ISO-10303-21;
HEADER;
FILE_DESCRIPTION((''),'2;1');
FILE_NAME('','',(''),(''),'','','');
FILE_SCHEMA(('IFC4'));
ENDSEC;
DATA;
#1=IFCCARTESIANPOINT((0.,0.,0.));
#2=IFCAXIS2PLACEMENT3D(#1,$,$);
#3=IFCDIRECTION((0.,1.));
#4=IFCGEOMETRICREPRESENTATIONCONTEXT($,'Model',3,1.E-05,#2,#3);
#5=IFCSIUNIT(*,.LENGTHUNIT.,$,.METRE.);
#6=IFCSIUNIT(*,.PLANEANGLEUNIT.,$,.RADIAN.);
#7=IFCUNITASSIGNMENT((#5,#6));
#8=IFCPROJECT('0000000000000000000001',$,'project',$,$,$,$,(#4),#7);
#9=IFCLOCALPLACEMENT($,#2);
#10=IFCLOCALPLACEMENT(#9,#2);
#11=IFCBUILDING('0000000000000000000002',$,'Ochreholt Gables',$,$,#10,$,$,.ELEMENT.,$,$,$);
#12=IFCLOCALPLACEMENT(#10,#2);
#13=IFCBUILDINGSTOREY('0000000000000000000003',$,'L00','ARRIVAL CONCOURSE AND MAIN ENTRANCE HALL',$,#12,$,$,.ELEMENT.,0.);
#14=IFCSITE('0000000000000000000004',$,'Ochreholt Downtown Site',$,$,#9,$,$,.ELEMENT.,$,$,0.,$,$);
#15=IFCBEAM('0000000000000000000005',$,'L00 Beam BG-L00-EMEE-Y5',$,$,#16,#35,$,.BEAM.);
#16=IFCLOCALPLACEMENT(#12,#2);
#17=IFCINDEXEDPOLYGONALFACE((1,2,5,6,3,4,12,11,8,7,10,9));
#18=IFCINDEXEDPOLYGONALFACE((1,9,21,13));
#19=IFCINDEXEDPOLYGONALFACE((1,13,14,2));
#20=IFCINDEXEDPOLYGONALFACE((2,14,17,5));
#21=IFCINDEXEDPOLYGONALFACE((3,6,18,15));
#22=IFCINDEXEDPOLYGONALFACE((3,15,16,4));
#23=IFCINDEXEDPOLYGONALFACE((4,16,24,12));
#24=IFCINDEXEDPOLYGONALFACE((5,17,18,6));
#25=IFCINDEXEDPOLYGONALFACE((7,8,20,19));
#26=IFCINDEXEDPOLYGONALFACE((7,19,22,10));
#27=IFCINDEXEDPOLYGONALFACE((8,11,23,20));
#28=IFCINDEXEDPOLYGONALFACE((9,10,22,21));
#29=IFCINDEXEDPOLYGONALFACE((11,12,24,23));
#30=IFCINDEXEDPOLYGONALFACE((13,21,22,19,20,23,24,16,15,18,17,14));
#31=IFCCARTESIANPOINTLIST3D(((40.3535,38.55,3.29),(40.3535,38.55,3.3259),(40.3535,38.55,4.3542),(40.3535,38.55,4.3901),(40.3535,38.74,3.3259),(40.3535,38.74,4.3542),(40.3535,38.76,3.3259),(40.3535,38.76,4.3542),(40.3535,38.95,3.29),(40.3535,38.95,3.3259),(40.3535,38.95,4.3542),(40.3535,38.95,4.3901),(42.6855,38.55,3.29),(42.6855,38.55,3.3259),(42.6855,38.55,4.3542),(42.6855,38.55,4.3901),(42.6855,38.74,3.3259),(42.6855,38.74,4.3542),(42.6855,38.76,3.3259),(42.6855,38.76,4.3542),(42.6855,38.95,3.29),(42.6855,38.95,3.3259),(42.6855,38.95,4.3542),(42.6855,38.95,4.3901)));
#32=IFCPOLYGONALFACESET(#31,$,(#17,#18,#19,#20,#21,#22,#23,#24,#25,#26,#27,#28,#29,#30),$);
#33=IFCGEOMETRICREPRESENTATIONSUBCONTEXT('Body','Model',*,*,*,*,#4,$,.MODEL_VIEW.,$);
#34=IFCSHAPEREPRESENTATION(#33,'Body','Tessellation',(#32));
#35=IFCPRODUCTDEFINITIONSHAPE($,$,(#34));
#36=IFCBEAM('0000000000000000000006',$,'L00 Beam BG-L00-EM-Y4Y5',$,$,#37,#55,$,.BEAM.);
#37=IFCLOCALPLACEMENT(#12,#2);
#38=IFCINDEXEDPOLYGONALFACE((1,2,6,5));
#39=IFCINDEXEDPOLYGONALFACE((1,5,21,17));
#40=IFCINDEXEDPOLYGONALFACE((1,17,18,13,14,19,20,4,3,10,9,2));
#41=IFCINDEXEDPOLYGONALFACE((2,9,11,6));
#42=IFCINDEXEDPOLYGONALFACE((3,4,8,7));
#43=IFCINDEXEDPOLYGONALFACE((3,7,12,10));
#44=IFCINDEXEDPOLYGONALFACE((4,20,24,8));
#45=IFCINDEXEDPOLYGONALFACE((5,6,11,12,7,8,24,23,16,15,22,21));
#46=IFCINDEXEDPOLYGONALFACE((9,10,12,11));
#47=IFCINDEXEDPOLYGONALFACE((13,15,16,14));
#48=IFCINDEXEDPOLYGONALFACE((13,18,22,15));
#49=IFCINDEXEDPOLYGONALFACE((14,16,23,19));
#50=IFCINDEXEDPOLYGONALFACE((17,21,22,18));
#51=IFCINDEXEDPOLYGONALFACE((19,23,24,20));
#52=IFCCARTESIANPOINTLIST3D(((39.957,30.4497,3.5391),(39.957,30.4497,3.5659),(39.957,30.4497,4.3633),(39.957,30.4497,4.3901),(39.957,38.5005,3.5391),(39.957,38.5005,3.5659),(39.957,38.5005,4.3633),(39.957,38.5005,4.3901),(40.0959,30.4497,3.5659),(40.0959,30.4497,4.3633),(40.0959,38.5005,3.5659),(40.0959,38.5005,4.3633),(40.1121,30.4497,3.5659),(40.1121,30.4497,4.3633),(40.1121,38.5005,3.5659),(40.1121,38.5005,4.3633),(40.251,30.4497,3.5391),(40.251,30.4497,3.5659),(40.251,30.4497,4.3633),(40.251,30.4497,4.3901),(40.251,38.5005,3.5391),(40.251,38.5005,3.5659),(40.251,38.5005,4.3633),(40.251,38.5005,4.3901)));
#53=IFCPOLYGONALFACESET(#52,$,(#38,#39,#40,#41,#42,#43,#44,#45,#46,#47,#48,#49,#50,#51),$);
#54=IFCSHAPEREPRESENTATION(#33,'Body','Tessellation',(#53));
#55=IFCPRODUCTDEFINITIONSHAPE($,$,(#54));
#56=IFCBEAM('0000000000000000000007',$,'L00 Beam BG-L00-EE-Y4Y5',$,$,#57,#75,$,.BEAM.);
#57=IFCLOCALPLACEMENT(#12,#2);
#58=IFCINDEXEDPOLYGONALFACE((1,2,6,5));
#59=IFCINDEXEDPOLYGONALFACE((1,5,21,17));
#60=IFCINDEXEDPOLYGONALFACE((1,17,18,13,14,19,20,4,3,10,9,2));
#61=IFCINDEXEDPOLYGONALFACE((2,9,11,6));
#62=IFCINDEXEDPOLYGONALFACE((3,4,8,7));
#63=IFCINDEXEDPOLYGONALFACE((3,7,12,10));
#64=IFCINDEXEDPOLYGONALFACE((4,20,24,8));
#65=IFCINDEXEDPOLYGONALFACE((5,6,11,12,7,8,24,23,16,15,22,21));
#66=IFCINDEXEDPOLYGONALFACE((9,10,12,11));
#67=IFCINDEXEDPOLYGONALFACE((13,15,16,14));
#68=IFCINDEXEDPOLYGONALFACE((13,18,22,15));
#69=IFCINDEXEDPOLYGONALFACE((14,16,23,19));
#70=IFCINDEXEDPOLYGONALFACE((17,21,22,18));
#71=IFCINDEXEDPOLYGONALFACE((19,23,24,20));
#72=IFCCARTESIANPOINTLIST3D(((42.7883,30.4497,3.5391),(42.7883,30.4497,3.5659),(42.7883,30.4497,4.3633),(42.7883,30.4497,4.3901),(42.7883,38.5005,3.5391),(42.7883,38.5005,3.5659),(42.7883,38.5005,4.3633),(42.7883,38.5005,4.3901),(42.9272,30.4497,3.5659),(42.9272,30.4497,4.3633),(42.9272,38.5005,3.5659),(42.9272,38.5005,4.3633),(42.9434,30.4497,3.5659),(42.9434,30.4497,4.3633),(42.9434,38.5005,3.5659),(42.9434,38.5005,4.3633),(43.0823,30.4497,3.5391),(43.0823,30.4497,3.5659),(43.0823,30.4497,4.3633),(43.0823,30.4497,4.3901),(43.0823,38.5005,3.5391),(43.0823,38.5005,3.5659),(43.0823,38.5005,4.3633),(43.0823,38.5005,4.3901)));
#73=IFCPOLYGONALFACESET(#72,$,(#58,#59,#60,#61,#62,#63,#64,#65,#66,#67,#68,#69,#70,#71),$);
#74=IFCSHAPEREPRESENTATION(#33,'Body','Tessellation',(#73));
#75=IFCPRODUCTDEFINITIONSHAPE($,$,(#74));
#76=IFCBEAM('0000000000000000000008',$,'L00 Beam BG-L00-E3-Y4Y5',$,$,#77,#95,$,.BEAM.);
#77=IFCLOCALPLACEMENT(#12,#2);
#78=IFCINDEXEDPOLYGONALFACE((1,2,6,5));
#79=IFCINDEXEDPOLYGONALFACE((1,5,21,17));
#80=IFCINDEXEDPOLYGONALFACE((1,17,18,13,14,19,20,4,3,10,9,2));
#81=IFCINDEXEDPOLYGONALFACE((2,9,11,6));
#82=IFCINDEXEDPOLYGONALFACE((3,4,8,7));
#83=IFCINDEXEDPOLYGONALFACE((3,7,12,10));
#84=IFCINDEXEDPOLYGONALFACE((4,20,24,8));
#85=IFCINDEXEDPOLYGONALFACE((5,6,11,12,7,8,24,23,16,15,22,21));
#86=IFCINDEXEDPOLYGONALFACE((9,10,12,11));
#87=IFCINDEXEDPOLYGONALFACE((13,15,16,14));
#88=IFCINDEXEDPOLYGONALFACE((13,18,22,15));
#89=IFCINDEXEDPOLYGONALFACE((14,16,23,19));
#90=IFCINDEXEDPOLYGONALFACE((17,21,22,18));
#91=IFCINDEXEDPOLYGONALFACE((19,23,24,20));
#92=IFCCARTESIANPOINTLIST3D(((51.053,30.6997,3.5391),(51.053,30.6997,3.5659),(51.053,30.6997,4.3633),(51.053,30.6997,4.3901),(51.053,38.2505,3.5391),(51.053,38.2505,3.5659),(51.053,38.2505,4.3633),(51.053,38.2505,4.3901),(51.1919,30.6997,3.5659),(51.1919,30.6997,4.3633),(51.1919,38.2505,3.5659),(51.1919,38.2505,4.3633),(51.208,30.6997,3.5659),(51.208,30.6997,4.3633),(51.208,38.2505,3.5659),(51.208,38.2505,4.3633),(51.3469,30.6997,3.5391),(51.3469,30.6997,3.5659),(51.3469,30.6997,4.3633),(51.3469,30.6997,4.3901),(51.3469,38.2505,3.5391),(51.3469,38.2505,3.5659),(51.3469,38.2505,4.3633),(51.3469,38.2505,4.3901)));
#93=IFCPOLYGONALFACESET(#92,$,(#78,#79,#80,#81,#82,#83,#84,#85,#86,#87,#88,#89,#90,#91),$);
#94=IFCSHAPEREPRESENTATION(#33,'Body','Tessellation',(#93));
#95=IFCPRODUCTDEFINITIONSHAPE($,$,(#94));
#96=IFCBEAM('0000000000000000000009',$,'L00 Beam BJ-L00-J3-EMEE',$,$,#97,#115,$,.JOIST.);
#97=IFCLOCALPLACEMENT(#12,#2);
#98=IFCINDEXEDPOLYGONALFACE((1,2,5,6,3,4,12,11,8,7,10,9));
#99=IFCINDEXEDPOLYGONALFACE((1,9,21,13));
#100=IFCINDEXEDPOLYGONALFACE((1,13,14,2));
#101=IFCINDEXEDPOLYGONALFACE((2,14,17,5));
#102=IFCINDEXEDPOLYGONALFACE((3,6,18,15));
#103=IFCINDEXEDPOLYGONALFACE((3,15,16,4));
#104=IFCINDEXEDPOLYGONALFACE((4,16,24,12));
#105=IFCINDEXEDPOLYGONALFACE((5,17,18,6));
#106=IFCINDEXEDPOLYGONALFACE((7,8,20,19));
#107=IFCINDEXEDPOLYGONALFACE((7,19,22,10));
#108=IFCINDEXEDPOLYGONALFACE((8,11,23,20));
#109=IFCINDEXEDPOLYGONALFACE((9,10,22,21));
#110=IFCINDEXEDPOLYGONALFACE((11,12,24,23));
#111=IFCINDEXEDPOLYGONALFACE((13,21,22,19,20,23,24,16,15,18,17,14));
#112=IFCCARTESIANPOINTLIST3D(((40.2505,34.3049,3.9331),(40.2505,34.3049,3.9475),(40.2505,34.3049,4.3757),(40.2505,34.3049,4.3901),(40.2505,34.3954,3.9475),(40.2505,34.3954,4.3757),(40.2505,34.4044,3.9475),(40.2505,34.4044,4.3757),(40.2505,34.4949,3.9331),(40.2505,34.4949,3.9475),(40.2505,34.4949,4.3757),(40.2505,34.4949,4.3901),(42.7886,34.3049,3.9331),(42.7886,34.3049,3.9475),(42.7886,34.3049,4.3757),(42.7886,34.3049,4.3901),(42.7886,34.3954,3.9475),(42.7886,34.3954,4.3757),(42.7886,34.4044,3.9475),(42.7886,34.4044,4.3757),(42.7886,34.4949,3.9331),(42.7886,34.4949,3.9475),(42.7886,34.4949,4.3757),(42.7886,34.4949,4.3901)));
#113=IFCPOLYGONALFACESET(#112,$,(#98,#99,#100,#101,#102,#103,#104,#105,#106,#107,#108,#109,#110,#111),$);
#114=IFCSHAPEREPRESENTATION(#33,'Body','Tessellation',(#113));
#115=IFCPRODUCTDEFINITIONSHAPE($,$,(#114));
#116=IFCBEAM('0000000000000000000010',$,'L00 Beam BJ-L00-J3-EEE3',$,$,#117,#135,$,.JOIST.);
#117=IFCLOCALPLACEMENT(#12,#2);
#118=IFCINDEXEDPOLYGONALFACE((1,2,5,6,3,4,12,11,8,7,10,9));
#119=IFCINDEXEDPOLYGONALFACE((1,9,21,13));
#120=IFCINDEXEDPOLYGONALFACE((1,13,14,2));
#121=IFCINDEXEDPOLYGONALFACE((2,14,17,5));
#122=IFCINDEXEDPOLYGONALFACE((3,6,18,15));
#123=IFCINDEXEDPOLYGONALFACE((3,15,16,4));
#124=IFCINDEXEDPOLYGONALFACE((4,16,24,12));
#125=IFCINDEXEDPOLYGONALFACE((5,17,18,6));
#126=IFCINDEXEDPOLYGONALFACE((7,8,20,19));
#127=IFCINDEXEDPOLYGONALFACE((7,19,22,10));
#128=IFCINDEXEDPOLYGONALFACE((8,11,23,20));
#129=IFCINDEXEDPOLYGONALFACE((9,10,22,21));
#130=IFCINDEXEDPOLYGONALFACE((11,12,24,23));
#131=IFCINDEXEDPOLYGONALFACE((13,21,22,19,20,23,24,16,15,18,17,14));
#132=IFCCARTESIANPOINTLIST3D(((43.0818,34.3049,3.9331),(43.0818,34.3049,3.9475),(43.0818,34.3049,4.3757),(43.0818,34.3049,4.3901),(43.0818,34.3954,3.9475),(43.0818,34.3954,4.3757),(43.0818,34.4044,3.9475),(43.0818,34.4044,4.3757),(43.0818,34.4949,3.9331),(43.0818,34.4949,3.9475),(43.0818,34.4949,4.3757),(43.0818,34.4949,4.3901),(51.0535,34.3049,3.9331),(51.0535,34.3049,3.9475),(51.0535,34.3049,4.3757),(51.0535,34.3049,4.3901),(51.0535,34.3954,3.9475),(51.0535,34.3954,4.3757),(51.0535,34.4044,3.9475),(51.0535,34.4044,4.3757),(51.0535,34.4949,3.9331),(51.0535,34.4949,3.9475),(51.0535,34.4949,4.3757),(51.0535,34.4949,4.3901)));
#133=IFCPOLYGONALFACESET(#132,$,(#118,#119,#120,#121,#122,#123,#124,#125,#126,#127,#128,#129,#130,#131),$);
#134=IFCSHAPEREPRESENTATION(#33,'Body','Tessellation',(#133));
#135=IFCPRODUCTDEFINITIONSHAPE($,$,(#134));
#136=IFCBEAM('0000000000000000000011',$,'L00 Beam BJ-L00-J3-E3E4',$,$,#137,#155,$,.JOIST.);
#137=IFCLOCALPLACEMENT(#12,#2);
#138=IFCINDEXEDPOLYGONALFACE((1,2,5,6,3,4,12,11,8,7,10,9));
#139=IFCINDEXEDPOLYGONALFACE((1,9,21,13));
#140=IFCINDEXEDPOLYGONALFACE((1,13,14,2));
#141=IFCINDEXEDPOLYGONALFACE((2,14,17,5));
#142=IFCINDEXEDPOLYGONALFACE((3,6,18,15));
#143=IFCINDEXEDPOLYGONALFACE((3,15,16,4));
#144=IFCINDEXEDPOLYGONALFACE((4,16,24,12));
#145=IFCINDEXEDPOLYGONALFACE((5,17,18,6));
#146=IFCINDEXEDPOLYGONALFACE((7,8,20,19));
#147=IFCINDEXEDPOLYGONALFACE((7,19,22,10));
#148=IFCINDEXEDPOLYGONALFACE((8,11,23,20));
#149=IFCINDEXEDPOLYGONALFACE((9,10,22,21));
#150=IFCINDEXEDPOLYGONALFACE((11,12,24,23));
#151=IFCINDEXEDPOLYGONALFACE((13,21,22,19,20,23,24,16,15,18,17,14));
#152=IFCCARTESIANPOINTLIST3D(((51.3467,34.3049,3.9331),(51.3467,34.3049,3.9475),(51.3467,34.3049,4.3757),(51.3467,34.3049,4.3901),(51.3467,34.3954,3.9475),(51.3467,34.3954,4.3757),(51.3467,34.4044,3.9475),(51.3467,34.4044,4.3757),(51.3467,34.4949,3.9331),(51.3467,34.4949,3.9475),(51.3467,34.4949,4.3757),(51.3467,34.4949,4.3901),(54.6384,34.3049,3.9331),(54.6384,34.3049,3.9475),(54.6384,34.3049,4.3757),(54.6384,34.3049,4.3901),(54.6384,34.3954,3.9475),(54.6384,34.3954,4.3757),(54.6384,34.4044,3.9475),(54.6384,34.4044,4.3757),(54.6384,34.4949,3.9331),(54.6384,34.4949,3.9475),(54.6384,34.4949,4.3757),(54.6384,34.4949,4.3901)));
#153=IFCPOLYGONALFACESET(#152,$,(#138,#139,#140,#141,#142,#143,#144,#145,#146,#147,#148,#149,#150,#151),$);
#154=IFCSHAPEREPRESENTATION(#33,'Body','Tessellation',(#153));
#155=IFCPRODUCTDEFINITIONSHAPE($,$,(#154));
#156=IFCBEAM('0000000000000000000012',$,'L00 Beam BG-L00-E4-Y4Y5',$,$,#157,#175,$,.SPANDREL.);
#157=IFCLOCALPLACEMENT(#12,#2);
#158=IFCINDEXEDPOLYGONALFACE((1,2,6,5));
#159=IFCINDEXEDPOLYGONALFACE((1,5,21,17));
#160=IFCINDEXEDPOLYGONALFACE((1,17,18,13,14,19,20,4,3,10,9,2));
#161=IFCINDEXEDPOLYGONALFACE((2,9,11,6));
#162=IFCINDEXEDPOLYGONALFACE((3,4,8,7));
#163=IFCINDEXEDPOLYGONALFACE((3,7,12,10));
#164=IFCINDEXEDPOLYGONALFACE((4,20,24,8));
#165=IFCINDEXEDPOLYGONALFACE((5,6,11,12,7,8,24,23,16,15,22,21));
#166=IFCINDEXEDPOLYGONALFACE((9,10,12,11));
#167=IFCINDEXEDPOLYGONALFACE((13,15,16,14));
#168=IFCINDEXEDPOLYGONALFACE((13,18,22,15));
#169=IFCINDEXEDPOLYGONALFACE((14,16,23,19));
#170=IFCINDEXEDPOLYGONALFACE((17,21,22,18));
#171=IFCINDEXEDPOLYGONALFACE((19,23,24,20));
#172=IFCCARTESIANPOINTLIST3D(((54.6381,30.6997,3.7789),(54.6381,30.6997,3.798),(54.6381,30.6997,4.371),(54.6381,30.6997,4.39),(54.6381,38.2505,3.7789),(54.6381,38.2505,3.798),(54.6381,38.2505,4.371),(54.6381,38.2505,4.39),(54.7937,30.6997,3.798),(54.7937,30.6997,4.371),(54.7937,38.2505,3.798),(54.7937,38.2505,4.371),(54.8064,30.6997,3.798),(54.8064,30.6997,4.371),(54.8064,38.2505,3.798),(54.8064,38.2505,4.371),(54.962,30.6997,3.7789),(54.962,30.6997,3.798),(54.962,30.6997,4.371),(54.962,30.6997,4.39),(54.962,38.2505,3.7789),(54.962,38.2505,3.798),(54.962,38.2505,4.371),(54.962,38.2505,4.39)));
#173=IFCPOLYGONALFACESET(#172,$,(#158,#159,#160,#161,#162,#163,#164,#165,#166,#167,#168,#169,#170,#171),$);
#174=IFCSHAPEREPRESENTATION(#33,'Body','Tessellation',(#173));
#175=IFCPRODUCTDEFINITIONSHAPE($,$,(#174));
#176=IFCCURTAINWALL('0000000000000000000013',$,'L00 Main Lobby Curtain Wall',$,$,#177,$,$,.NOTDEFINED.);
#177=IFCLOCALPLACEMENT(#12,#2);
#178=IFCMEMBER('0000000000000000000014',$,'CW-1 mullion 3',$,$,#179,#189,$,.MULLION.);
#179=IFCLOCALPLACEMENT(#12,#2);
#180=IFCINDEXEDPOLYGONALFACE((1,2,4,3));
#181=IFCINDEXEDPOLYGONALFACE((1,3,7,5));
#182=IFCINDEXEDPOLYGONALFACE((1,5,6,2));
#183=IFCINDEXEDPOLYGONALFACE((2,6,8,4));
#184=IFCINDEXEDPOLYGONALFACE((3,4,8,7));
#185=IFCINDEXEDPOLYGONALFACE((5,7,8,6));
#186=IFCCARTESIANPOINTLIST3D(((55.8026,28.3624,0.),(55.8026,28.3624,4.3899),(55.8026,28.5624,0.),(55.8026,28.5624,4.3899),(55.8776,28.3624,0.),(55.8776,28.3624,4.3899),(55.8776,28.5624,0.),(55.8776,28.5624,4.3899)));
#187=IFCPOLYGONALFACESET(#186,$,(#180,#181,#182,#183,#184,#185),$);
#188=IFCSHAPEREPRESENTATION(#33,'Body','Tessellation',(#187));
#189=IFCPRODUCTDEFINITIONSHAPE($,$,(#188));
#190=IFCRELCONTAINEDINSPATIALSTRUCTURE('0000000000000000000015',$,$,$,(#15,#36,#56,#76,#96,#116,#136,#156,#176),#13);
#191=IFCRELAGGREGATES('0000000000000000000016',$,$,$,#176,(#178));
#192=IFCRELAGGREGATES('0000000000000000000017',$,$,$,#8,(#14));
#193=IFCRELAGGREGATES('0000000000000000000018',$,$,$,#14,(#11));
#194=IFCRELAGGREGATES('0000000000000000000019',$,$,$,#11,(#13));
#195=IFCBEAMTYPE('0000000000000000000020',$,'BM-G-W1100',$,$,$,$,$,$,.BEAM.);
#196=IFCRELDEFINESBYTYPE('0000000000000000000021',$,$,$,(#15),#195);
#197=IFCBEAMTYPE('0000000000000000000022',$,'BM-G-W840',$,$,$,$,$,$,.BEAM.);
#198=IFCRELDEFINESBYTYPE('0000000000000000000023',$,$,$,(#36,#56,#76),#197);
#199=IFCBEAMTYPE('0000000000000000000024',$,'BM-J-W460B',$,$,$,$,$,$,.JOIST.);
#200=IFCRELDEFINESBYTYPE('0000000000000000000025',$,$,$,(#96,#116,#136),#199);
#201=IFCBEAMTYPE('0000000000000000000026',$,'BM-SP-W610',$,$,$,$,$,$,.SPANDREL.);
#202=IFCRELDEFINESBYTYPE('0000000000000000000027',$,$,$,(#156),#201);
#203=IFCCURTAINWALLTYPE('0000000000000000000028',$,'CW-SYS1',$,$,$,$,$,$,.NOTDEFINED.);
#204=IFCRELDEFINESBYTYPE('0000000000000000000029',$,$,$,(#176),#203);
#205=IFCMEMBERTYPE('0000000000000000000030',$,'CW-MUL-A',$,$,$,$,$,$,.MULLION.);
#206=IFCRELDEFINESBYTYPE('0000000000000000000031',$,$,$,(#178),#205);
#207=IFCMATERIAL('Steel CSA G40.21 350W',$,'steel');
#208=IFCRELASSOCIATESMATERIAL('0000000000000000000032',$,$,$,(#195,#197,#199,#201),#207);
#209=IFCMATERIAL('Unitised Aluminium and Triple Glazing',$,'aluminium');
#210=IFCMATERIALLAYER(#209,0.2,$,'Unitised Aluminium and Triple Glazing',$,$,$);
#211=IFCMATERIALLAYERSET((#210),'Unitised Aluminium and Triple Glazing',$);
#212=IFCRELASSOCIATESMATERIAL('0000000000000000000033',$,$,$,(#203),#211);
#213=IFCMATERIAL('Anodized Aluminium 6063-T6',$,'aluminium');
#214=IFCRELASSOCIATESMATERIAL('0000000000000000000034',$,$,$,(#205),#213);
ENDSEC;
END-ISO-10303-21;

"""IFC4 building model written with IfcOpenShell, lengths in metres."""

from ifc_helpers import new_model, si_unit, direction, frame, origin, origin_2d, place, context, subcontext, project, spatial, rectangle, i_section, extrude, material, layer, layer_set, material_profile, profile_set, type_object, element, aggregate, save


model = new_model("IFC4")

# Units and contexts
model_context = context("Model", 3, precision=1e-05, world=origin(), true_north=direction((0.0, 1.0)))
body_context = subcontext(model_context, "Body", "Model", "MODEL_VIEW")
ifc_project = project(units=[si_unit("LENGTHUNIT", "METRE"), si_unit("PLANEANGLEUNIT", "RADIAN")], contexts=[model_context])

# Site, building, storey
site_placement = place(None, origin())
site = spatial("IfcSite", under=ifc_project, at=site_placement, Name="Ochreholt Downtown Site", CompositionType="ELEMENT", RefElevation=0.0)
building_placement = place(site_placement, origin())
building = spatial("IfcBuilding", under=site, at=building_placement, Name="Ochreholt Gables", CompositionType="ELEMENT")
storey_placement = place(building_placement, origin())
storey = spatial("IfcBuildingStorey", under=building, at=storey_placement, Name="L00", Description="ARRIVAL CONCOURSE AND MAIN ENTRANCE HALL", CompositionType="ELEMENT", Elevation=0.0)

# Shared definitions
ifc_material_1 = material(Name="Steel CSA G40.21 350W", Category="steel")

# Beams
ifc_material_profile_1 = material_profile(ifc_material_1, i_section(OverallWidth=0.3999, OverallDepth=1.1001, WebThickness=0.02, FlangeThickness=0.0359, at=origin_2d()), Name="W1100X390")
ifc_profile_set_1 = profile_set([ifc_material_profile_1], Name="Steel CSA G40.21 350W")
beam_type_1 = type_object("IfcBeamType", Name="BM-G-W1100", PredefinedType="BEAM", material=ifc_profile_set_1)
beam_1_placement = place(storey_placement, frame((40.3535, 38.75, 3.8401), z_axis=(1.0, 0.0, 0.0), x_axis=(0.0, 1.0, 0.0)))
element("IfcBeam", 1, at=beam_1_placement, inside=storey, type_object=beam_type_1, Name="L00 Beam BG-L00-EMEE-Y5", PredefinedType="BEAM", context=body_context, shape_type="SweptSolid", body=[
    extrude(i_section(OverallWidth=0.3999, OverallDepth=1.1001, WebThickness=0.02, FlangeThickness=0.0359, at=origin_2d()), origin(), (0.0, 0.0, 1.0), 2.332),
])
ifc_material_profile_2 = material_profile(ifc_material_1, i_section(OverallWidth=0.2939, OverallDepth=0.8511, WebThickness=0.0161, FlangeThickness=0.0269, at=origin_2d()), Name="W840X226")
ifc_profile_set_2 = profile_set([ifc_material_profile_2], Name="Steel CSA G40.21 350W")
beam_type_2 = type_object("IfcBeamType", Name="BM-G-W840", PredefinedType="BEAM", material=ifc_profile_set_2)
for number, where, z_axis, x_axis, name in (
    (2, (40.104, 30.4497, 3.9646), (0.0, 1.0, 0.0), (-1.0, 0.0, 0.0), "L00 Beam BG-L00-EM-Y4Y5"),
    (3, (42.9353, 30.4497, 3.9646), (0.0, 1.0, 0.0), (-1.0, 0.0, 0.0), "L00 Beam BG-L00-EE-Y4Y5"),
):
    element("IfcBeam", number, at=place(storey_placement, frame(where, z_axis=z_axis, x_axis=x_axis)), inside=storey, type_object=beam_type_2, Name=name, PredefinedType="BEAM", context=body_context, shape_type="SweptSolid", body=[
        extrude(i_section(OverallWidth=0.2939, OverallDepth=0.8511, WebThickness=0.0161, FlangeThickness=0.0269, at=origin_2d()), origin(), (0.0, 0.0, 1.0), 8.0508),
    ])
beam_2_placement = place(storey_placement, frame((51.2, 30.6997, 3.9646), z_axis=(0.0, 1.0, 0.0), x_axis=(-1.0, 0.0, 0.0)))
element("IfcBeam", 4, at=beam_2_placement, inside=storey, type_object=beam_type_2, Name="L00 Beam BG-L00-E3-Y4Y5", PredefinedType="BEAM", context=body_context, shape_type="SweptSolid", body=[
    extrude(i_section(OverallWidth=0.2939, OverallDepth=0.8511, WebThickness=0.0161, FlangeThickness=0.0269, at=origin_2d()), origin(), (0.0, 0.0, 1.0), 7.5508),
])
ifc_material_profile_3 = material_profile(ifc_material_1, i_section(OverallWidth=0.1899, OverallDepth=0.457, WebThickness=0.009, FlangeThickness=0.0144, at=origin_2d()), Name="W460X74")
ifc_profile_set_3 = profile_set([ifc_material_profile_3], Name="Steel CSA G40.21 350W")
beam_type_3 = type_object("IfcBeamType", Name="BM-J-W460B", PredefinedType="JOIST", material=ifc_profile_set_3)
beam_3_placement = place(storey_placement, frame((40.2505, 34.3999, 4.1616), z_axis=(1.0, 0.0, 0.0), x_axis=(0.0, 1.0, 0.0)))
element("IfcBeam", 5, at=beam_3_placement, inside=storey, type_object=beam_type_3, Name="L00 Beam BJ-L00-J3-EMEE", PredefinedType="JOIST", context=body_context, shape_type="SweptSolid", body=[
    extrude(i_section(OverallWidth=0.1899, OverallDepth=0.457, WebThickness=0.009, FlangeThickness=0.0144, at=origin_2d()), origin(), (0.0, 0.0, 1.0), 2.5381),
])
beam_4_placement = place(storey_placement, frame((43.0818, 34.3999, 4.1616), z_axis=(1.0, 0.0, 0.0), x_axis=(0.0, 1.0, 0.0)))
element("IfcBeam", 6, at=beam_4_placement, inside=storey, type_object=beam_type_3, Name="L00 Beam BJ-L00-J3-EEE3", PredefinedType="JOIST", context=body_context, shape_type="SweptSolid", body=[
    extrude(i_section(OverallWidth=0.1899, OverallDepth=0.457, WebThickness=0.009, FlangeThickness=0.0144, at=origin_2d()), origin(), (0.0, 0.0, 1.0), 7.9717),
])
beam_5_placement = place(storey_placement, frame((51.3467, 34.3999, 4.1616), z_axis=(1.0, 0.0, 0.0), x_axis=(0.0, 1.0, 0.0)))
element("IfcBeam", 7, at=beam_5_placement, inside=storey, type_object=beam_type_3, Name="L00 Beam BJ-L00-J3-E3E4", PredefinedType="JOIST", context=body_context, shape_type="SweptSolid", body=[
    extrude(i_section(OverallWidth=0.1899, OverallDepth=0.457, WebThickness=0.009, FlangeThickness=0.0144, at=origin_2d()), origin(), (0.0, 0.0, 1.0), 3.2917),
])
ifc_material_profile_4 = material_profile(ifc_material_1, i_section(OverallWidth=0.324, OverallDepth=0.6111, WebThickness=0.0127, FlangeThickness=0.019, at=origin_2d()), Name="W610X155")
ifc_profile_set_4 = profile_set([ifc_material_profile_4], Name="Steel CSA G40.21 350W")
beam_type_4 = type_object("IfcBeamType", Name="BM-SP-W610", PredefinedType="SPANDREL", material=ifc_profile_set_4)
beam_6_placement = place(storey_placement, frame((54.8, 30.6997, 4.0845), z_axis=(0.0, 1.0, 0.0), x_axis=(-1.0, 0.0, 0.0)))
element("IfcBeam", 8, at=beam_6_placement, inside=storey, type_object=beam_type_4, Name="L00 Beam BG-L00-E4-Y4Y5", PredefinedType="SPANDREL", context=body_context, shape_type="SweptSolid", body=[
    extrude(i_section(OverallWidth=0.324, OverallDepth=0.6111, WebThickness=0.0127, FlangeThickness=0.019, at=origin_2d()), origin(), (0.0, 0.0, 1.0), 7.5508),
])

# Curtain wall, member
ifc_material_2 = material(Name="Unitised Aluminium and Triple Glazing", Category="aluminium")
ifc_layer_1 = layer(ifc_material_2, 0.2, Name="Unitised Aluminium and Triple Glazing")
ifc_layer_set_1 = layer_set([ifc_layer_1], Name="Unitised Aluminium and Triple Glazing")
curtain_wall_type = type_object("IfcCurtainWallType", Name="CW-SYS1", PredefinedType="NOTDEFINED", material=ifc_layer_set_1)
curtain_wall_placement = place(storey_placement, origin())
curtain_wall = element("IfcCurtainWall", 9, at=curtain_wall_placement, inside=storey, type_object=curtain_wall_type, Name="L00 Main Lobby Curtain Wall", PredefinedType="NOTDEFINED")
ifc_material_3 = material(Name="Anodized Aluminium 6063-T6", Category="aluminium")
ifc_material_profile_5 = material_profile(ifc_material_3, rectangle(XDim=0.075, YDim=0.2, at=origin_2d()), Name="CWM75X200")
ifc_profile_set_5 = profile_set([ifc_material_profile_5], Name="Anodized Aluminium 6063-T6")
member_type = type_object("IfcMemberType", Name="CW-MUL-A", PredefinedType="MULLION", material=ifc_profile_set_5)
member_placement = place(storey_placement, frame((55.8401, 28.4624, 0.0), z_axis=(0.0, 0.0, 1.0), x_axis=(-1.0, 0.0, 0.0)))
member = element("IfcMember", 10, at=member_placement, type_object=member_type, Name="CW-1 mullion 3", PredefinedType="MULLION", context=body_context, shape_type="SweptSolid", body=[
    extrude(rectangle(XDim=0.075, YDim=0.2, at=origin_2d()), origin(), (0.0, 0.0, 1.0), 4.3899),
])
aggregate(curtain_wall, [member])

save(model, "model.ifc")
